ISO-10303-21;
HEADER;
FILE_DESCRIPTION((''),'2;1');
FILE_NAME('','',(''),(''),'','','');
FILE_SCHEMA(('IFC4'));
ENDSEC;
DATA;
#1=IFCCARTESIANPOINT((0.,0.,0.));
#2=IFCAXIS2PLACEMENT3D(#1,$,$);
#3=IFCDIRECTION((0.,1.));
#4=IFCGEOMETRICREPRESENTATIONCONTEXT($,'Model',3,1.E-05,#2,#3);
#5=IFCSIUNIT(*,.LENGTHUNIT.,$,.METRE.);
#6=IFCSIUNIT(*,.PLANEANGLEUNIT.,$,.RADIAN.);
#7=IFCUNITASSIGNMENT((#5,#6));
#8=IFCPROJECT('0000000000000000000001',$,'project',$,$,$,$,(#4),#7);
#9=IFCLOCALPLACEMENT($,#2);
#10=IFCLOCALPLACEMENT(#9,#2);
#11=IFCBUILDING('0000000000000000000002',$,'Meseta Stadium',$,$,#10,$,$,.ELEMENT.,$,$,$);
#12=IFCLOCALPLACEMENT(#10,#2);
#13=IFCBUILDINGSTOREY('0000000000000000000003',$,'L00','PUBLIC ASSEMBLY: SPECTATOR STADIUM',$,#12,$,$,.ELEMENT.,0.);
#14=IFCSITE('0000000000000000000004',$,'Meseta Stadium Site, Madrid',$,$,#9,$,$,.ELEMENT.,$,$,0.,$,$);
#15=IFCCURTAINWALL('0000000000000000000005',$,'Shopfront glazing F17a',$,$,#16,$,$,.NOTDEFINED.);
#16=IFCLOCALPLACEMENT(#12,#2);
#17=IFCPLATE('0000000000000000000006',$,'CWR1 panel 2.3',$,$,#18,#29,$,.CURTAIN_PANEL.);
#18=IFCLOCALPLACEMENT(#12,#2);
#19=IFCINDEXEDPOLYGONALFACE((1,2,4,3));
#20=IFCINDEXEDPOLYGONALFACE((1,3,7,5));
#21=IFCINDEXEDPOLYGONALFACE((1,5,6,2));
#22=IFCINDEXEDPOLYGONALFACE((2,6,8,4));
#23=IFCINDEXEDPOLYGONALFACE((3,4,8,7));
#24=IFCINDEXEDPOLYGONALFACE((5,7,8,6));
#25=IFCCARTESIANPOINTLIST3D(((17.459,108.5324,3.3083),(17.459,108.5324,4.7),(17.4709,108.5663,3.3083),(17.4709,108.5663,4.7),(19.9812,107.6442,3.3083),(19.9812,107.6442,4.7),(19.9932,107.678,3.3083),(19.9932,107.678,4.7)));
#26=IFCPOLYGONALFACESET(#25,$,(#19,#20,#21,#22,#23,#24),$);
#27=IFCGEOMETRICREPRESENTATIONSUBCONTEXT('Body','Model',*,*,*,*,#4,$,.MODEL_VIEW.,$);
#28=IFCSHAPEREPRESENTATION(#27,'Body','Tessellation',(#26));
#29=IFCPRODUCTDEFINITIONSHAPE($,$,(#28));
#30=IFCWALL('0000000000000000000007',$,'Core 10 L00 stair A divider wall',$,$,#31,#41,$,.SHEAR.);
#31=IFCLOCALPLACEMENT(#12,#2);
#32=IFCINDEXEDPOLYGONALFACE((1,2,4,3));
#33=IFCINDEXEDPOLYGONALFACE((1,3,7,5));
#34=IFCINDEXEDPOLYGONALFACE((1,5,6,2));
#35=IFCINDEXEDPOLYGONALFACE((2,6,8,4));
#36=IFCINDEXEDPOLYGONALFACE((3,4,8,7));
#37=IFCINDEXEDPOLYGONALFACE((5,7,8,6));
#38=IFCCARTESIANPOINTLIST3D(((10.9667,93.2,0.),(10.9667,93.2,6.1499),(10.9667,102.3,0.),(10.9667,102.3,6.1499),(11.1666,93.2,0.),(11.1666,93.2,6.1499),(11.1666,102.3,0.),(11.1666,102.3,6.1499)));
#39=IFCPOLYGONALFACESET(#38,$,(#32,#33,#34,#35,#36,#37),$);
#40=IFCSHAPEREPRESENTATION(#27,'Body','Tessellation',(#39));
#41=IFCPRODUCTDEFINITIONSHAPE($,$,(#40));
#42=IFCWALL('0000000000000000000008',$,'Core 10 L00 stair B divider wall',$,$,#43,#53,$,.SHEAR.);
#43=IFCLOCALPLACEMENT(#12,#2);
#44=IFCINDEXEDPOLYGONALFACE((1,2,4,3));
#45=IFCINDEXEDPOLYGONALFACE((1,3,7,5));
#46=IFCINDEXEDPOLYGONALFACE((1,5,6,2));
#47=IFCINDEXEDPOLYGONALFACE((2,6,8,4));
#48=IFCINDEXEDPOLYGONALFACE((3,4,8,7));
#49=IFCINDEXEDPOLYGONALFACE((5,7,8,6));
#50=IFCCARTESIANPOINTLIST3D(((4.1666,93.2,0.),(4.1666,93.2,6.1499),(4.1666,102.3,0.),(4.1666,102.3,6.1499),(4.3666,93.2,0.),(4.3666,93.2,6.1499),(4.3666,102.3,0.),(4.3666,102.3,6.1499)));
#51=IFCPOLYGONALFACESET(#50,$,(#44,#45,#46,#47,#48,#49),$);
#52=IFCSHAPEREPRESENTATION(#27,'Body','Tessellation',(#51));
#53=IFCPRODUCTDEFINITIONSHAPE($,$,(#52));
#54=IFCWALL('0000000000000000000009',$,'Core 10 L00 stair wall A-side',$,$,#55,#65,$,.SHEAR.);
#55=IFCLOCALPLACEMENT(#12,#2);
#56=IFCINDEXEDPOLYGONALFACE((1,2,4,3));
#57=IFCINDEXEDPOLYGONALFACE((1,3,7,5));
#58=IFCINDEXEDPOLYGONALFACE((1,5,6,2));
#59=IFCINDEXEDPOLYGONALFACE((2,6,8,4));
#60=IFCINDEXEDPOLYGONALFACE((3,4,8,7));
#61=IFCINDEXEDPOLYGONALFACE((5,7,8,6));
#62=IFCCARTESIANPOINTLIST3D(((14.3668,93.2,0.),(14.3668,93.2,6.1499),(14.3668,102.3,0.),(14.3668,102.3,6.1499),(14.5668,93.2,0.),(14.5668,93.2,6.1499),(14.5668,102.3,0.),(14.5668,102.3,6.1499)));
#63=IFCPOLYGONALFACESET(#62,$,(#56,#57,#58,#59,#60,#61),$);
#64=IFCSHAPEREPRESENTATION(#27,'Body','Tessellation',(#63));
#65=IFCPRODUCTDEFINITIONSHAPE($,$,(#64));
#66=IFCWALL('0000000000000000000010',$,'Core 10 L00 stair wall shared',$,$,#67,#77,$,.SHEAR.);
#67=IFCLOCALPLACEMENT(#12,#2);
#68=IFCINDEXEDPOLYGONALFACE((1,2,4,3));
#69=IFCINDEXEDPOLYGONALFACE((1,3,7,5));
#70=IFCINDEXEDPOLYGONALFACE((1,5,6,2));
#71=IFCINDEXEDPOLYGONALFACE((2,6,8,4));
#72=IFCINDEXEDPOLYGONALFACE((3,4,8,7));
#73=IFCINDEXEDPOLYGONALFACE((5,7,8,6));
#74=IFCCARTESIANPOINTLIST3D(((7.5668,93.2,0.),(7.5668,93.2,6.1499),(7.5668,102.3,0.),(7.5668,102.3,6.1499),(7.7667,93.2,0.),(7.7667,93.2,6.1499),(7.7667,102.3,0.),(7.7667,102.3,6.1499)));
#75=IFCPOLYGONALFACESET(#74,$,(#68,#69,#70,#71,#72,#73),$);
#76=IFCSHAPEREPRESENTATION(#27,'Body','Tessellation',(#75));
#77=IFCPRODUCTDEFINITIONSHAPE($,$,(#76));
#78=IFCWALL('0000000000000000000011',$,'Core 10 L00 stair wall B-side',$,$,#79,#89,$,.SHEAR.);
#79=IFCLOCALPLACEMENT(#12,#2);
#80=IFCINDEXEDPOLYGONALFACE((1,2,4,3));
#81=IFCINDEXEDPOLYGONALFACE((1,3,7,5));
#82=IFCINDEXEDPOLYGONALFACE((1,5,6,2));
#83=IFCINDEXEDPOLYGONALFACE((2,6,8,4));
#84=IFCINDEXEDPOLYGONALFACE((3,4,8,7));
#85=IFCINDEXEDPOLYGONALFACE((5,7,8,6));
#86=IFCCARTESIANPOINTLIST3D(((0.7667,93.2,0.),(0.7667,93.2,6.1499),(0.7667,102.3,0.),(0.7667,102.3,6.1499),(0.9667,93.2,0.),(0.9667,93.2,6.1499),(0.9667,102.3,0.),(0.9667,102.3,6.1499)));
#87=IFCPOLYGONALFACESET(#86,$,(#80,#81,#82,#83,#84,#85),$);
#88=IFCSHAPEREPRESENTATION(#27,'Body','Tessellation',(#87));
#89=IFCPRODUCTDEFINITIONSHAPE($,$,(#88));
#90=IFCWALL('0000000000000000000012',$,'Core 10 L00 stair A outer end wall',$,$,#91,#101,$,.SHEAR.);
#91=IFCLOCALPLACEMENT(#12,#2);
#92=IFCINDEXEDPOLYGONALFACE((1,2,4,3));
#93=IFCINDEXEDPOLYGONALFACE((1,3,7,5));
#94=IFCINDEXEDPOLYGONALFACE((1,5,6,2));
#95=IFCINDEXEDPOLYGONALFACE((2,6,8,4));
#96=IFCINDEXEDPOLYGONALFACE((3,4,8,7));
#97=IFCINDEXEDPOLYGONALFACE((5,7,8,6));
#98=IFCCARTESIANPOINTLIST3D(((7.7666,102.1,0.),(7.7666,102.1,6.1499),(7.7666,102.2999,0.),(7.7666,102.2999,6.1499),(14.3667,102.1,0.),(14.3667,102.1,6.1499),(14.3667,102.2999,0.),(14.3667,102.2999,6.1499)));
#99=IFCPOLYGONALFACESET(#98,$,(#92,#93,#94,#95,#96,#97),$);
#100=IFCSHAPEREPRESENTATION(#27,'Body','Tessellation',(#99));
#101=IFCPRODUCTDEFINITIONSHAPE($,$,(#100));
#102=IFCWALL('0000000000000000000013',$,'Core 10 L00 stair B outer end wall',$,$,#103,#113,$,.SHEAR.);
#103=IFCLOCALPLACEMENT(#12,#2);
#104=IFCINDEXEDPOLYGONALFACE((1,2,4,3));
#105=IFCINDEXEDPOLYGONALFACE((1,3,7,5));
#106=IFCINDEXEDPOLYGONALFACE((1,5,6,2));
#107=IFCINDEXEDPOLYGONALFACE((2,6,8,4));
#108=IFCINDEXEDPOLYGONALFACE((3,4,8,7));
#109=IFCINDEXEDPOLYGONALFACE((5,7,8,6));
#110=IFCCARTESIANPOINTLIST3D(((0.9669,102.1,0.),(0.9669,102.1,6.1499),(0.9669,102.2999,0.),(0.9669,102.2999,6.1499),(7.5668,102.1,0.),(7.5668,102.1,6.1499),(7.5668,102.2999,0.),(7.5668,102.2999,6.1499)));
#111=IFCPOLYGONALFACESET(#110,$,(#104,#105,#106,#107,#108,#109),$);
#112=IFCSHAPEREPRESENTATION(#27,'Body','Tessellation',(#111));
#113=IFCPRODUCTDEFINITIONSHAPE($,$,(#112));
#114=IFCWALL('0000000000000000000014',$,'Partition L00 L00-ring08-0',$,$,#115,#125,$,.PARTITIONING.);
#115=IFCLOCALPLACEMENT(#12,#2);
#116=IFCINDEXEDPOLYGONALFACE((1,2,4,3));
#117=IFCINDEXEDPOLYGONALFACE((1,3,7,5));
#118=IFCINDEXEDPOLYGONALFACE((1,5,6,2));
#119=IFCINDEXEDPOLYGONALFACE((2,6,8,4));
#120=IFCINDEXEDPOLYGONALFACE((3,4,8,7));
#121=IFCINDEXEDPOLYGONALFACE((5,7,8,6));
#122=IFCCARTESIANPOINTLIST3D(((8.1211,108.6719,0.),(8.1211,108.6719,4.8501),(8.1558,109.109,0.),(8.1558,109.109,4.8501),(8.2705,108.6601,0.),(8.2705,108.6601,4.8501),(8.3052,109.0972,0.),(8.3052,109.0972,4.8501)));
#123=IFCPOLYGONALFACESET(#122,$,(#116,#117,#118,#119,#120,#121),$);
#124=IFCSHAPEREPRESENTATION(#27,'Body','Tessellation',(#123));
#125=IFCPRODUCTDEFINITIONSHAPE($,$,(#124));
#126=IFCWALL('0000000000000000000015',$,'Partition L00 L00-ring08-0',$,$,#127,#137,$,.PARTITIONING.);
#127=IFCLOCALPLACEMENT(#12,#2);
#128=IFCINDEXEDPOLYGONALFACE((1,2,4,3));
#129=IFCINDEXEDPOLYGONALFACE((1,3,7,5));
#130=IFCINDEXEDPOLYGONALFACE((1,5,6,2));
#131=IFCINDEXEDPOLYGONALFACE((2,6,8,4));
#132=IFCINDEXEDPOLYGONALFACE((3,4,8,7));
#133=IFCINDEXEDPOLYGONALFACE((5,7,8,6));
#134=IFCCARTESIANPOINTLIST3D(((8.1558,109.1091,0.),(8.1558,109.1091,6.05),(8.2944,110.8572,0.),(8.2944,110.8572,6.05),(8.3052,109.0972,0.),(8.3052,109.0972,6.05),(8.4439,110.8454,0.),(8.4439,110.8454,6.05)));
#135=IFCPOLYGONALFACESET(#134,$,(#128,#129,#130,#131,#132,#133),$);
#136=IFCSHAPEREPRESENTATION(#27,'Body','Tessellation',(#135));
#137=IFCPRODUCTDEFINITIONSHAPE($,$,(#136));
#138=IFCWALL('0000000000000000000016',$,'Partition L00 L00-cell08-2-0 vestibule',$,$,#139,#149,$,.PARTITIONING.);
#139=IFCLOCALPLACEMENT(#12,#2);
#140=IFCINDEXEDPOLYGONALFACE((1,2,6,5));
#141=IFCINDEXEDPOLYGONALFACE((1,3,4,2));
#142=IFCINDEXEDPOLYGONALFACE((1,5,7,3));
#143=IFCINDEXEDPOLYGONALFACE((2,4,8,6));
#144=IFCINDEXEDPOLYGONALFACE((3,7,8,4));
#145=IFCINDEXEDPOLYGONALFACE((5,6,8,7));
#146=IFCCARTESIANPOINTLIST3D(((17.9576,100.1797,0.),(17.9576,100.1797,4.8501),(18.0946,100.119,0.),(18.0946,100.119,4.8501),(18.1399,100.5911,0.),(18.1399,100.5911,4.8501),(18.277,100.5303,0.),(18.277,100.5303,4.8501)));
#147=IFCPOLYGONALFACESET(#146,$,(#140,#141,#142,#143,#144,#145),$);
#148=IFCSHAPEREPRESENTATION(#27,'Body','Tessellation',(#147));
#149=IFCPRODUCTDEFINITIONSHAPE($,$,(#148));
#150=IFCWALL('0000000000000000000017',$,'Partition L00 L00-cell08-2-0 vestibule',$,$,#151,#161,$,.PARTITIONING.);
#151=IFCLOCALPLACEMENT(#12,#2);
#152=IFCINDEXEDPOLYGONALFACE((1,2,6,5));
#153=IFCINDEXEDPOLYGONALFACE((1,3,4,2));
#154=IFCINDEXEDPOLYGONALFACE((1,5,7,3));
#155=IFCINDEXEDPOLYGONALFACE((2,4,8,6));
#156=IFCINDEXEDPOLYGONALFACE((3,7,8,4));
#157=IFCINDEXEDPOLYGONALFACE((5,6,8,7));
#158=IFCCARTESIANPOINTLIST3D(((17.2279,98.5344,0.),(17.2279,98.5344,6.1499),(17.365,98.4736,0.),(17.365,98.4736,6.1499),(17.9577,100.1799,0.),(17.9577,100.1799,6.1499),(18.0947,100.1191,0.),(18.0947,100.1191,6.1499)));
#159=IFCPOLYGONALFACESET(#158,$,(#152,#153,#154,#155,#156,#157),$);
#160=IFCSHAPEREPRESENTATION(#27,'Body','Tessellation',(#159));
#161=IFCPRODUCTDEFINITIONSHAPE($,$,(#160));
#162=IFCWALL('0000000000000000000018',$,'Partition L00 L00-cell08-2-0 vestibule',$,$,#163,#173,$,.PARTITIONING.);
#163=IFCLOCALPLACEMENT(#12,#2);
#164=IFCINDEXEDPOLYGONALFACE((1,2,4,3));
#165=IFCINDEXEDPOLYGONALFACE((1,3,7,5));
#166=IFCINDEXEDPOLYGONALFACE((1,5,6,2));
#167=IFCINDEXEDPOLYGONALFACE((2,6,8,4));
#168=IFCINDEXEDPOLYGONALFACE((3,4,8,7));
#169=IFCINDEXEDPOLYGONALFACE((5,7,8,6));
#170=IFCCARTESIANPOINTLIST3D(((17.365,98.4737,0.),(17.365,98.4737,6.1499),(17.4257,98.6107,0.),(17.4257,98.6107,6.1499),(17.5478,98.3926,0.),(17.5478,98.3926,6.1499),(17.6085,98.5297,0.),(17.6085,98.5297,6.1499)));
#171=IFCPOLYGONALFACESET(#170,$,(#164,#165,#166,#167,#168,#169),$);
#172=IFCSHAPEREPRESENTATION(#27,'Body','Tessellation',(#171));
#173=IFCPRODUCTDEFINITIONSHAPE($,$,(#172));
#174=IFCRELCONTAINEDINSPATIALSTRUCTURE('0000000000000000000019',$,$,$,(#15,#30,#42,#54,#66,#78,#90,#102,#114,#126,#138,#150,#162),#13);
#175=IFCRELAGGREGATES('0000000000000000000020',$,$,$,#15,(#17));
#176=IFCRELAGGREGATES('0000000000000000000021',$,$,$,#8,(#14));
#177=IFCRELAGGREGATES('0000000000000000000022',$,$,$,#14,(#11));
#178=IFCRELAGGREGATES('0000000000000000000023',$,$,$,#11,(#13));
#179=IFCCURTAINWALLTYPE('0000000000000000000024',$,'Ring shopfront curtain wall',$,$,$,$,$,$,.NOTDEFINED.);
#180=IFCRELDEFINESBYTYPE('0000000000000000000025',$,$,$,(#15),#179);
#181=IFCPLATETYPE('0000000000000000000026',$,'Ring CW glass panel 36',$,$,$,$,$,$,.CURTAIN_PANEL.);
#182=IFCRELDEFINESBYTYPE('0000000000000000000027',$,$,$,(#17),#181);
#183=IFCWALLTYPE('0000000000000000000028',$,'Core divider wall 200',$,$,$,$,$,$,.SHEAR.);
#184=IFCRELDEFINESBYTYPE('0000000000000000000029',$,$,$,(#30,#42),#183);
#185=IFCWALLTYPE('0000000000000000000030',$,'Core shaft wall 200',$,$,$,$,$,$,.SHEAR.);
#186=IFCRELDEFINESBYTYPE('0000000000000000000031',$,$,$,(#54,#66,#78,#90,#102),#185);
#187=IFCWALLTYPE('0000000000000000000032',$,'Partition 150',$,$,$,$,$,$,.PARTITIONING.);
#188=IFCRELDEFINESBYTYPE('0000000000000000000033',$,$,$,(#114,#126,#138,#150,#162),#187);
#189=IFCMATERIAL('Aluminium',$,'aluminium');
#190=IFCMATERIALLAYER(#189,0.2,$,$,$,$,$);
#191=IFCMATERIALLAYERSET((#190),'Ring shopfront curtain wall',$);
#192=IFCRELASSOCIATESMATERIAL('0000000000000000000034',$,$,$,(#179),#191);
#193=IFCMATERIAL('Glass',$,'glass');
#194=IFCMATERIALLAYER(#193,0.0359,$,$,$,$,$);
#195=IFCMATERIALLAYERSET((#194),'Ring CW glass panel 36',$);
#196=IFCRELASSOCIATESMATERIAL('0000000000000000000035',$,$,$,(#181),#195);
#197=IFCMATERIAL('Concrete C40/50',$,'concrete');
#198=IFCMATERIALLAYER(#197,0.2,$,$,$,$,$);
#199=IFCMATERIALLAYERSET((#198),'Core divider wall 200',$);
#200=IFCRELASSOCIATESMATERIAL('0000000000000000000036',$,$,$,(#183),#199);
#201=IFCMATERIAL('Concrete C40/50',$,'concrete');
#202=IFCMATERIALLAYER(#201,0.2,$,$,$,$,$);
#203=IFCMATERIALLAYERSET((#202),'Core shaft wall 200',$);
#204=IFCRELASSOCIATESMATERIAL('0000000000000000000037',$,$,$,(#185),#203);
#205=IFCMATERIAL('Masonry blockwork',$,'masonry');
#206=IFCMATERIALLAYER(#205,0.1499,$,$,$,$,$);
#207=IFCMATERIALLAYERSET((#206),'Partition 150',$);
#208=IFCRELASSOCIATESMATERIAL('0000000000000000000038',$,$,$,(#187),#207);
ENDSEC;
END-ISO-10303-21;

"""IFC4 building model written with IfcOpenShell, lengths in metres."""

from ifc_helpers import new_model, si_unit, direction, frame, frame_2d, origin, origin_2d, place, context, subcontext, project, spatial, rectangle, extrude, material, layer, layer_set, type_object, element, aggregate, save


model = new_model("IFC4")

# Units and contexts
model_context = context("Model", 3, precision=1e-05, world=origin(), true_north=direction((0.0, 1.0)))
body_context = subcontext(model_context, "Body", "Model", "MODEL_VIEW")
ifc_project = project(units=[si_unit("LENGTHUNIT", "METRE"), si_unit("PLANEANGLEUNIT", "RADIAN")], contexts=[model_context])

# Site, building, storey
site_placement = place(None, origin())
site = spatial("IfcSite", under=ifc_project, at=site_placement, Name="Meseta Stadium Site, Madrid", CompositionType="ELEMENT", RefElevation=0.0)
building_placement = place(site_placement, origin())
building = spatial("IfcBuilding", under=site, at=building_placement, Name="Meseta Stadium", CompositionType="ELEMENT")
storey_placement = place(building_placement, origin())
storey = spatial("IfcBuildingStorey", under=building, at=storey_placement, Name="L00", Description="PUBLIC ASSEMBLY: SPECTATOR STADIUM", CompositionType="ELEMENT", Elevation=0.0)

# Curtain wall, plate
ifc_material_1 = material(Name="Aluminium", Category="aluminium")
ifc_layer_1 = layer(ifc_material_1, 0.2)
ifc_layer_set_1 = layer_set([ifc_layer_1], Name="Ring shopfront curtain wall")
curtain_wall_type = type_object("IfcCurtainWallType", Name="Ring shopfront curtain wall", PredefinedType="NOTDEFINED", material=ifc_layer_set_1)
curtain_wall_placement = place(storey_placement, origin())
curtain_wall = element("IfcCurtainWall", 1, at=curtain_wall_placement, inside=storey, type_object=curtain_wall_type, Name="Shopfront glazing F17a", PredefinedType="NOTDEFINED")
ifc_material_2 = material(Name="Glass", Category="glass")
ifc_layer_2 = layer(ifc_material_2, 0.0359)
ifc_layer_set_2 = layer_set([ifc_layer_2], Name="Ring CW glass panel 36")
plate_type = type_object("IfcPlateType", Name="Ring CW glass panel 36", PredefinedType="CURTAIN_PANEL", material=ifc_layer_set_2)
plate_1_placement = place(storey_placement, frame((18.7261, 108.1052, 3.3083), z_axis=(0.0, 0.0, 1.0), x_axis=(-0.94322, 0.33217, 0.0)))
plate_1 = element("IfcPlate", 2, at=plate_1_placement, type_object=plate_type, Name="CWR1 panel 2.3", PredefinedType="CURTAIN_PANEL", context=body_context, shape_type="SweptSolid", body=[
    extrude(rectangle(XDim=2.6741, YDim=0.0359, at=origin_2d()), origin(), (0.0, 0.0, 1.0), 1.3916),
])
aggregate(curtain_wall, [plate_1])

# Walls
ifc_material_3 = material(Name="Concrete C40/50", Category="concrete")
ifc_layer_3 = layer(ifc_material_3, 0.2)
ifc_layer_set_3 = layer_set([ifc_layer_3], Name="Core divider wall 200")
wall_type_1 = type_object("IfcWallType", Name="Core divider wall 200", PredefinedType="SHEAR", material=ifc_layer_set_3)
for number, where, z_axis, x_axis, name in (
    (3, (11.0667, 102.3, 0.0), (0.0, 0.0, 1.0), (0.0, -1.0, 0.0), "Core 10 L00 stair A divider wall"),
    (4, (4.2666, 102.3, 0.0), (0.0, 0.0, 1.0), (0.0, -1.0, 0.0), "Core 10 L00 stair B divider wall"),
):
    element("IfcWall", number, at=place(storey_placement, frame(where, z_axis=z_axis, x_axis=x_axis)), inside=storey, type_object=wall_type_1, Name=name, PredefinedType="SHEAR", context=body_context, shape_type="SweptSolid", body=[
        extrude(rectangle(XDim=9.1001, YDim=0.2, at=frame_2d((4.55, 0.0))), origin(), (0.0, 0.0, 1.0), 6.1499),
    ])
ifc_material_4 = material(Name="Concrete C40/50", Category="concrete")
ifc_layer_4 = layer(ifc_material_4, 0.2)
ifc_layer_set_4 = layer_set([ifc_layer_4], Name="Core shaft wall 200")
wall_type_2 = type_object("IfcWallType", Name="Core shaft wall 200", PredefinedType="SHEAR", material=ifc_layer_set_4)
for number, where, z_axis, x_axis, name in (
    (5, (14.4668, 102.3, 0.0), (0.0, 0.0, 1.0), (0.0, -1.0, 0.0), "Core 10 L00 stair wall A-side"),
    (6, (7.6667, 102.3, 0.0), (0.0, 0.0, 1.0), (0.0, -1.0, 0.0), "Core 10 L00 stair wall shared"),
    (7, (0.8667, 102.3, 0.0), (0.0, 0.0, 1.0), (0.0, -1.0, 0.0), "Core 10 L00 stair wall B-side"),
):
    element("IfcWall", number, at=place(storey_placement, frame(where, z_axis=z_axis, x_axis=x_axis)), inside=storey, type_object=wall_type_2, Name=name, PredefinedType="SHEAR", context=body_context, shape_type="SweptSolid", body=[
        extrude(rectangle(XDim=9.1001, YDim=0.2, at=frame_2d((4.55, 0.0))), origin(), (0.0, 0.0, 1.0), 6.1499),
    ])
wall_1_placement = place(storey_placement, frame((14.3667, 102.2, 0.0), z_axis=(0.0, 0.0, 1.0), x_axis=(-1.0, 0.0, 0.0)))
element("IfcWall", 8, at=wall_1_placement, inside=storey, type_object=wall_type_2, Name="Core 10 L00 stair A outer end wall", PredefinedType="SHEAR", context=body_context, shape_type="SweptSolid", body=[
    extrude(rectangle(XDim=6.6001, YDim=0.2, at=frame_2d((3.3, 0.0))), origin(), (0.0, 0.0, 1.0), 6.1499),
])
wall_2_placement = place(storey_placement, frame((7.5667, 102.2, 0.0), z_axis=(0.0, 0.0, 1.0), x_axis=(-1.0, 0.0, 0.0)))
element("IfcWall", 9, at=wall_2_placement, inside=storey, type_object=wall_type_2, Name="Core 10 L00 stair B outer end wall", PredefinedType="SHEAR", context=body_context, shape_type="SweptSolid", body=[
    extrude(rectangle(XDim=6.5999, YDim=0.2, at=frame_2d((3.2998, 0.0))), origin(), (0.0, 0.0, 1.0), 6.1499),
])
ifc_material_5 = material(Name="Masonry blockwork", Category="masonry")
ifc_layer_5 = layer(ifc_material_5, 0.1499)
ifc_layer_set_5 = layer_set([ifc_layer_5], Name="Partition 150")
wall_type_3 = type_object("IfcWallType", Name="Partition 150", PredefinedType="PARTITIONING", material=ifc_layer_set_5)
wall_3_placement = place(storey_placement, frame((8.1958, 108.666, 0.0), z_axis=(0.0, 0.0, 1.0), x_axis=(0.079081, 0.996868, 0.0)))
element("IfcWall", 10, at=wall_3_placement, inside=storey, type_object=wall_type_3, Name="Partition L00 L00-ring08-0", PredefinedType="PARTITIONING", context=body_context, shape_type="SweptSolid", body=[
    extrude(rectangle(XDim=0.4385, YDim=0.1499, at=frame_2d((0.2192, 0.0))), origin(), (0.0, 0.0, 1.0), 4.8501),
])
wall_4_placement = place(storey_placement, frame((8.2305, 109.103, 0.0), z_axis=(0.0, 0.0, 1.0), x_axis=(0.07907, 0.996869, 0.0)))
element("IfcWall", 11, at=wall_4_placement, inside=storey, type_object=wall_type_3, Name="Partition L00 L00-ring08-0", PredefinedType="PARTITIONING", context=body_context, shape_type="SweptSolid", body=[
    extrude(rectangle(XDim=1.7537, YDim=0.1499, at=frame_2d((0.877, 0.0))), origin(), (0.0, 0.0, 1.0), 6.05),
])
wall_5_placement = place(storey_placement, frame((18.2085, 100.5608, 0.0), z_axis=(0.0, 0.0, 1.0), x_axis=(-0.405283, -0.914191, 0.0)))
element("IfcWall", 12, at=wall_5_placement, inside=storey, type_object=wall_type_3, Name="Partition L00 L00-cell08-2-0 vestibule", PredefinedType="PARTITIONING", context=body_context, shape_type="SweptSolid", body=[
    extrude(rectangle(XDim=0.45, YDim=0.1499, at=frame_2d((0.2251, 0.0))), origin(), (0.0, 0.0, 1.0), 4.8501),
])
wall_6_placement = place(storey_placement, frame((18.0261, 100.1494, 0.0), z_axis=(0.0, 0.0, 1.0), x_axis=(-0.405396, -0.914141, 0.0)))
element("IfcWall", 13, at=wall_6_placement, inside=storey, type_object=wall_type_3, Name="Partition L00 L00-cell08-2-0 vestibule", PredefinedType="PARTITIONING", context=body_context, shape_type="SweptSolid", body=[
    extrude(rectangle(XDim=1.8, YDim=0.1499, at=frame_2d((0.8999, 0.0))), origin(), (0.0, 0.0, 1.0), 6.1499),
])
wall_7_placement = place(storey_placement, frame((17.3953, 98.5422, 0.0), z_axis=(0.0, 0.0, 1.0), x_axis=(0.914214, -0.405232, 0.0)))
element("IfcWall", 14, at=wall_7_placement, inside=storey, type_object=wall_type_3, Name="Partition L00 L00-cell08-2-0 vestibule", PredefinedType="PARTITIONING", context=body_context, shape_type="SweptSolid", body=[
    extrude(rectangle(XDim=0.2, YDim=0.1499, at=frame_2d((0.1001, 0.0))), origin(), (0.0, 0.0, 1.0), 6.1499),
])

save(model, "model.ifc")
